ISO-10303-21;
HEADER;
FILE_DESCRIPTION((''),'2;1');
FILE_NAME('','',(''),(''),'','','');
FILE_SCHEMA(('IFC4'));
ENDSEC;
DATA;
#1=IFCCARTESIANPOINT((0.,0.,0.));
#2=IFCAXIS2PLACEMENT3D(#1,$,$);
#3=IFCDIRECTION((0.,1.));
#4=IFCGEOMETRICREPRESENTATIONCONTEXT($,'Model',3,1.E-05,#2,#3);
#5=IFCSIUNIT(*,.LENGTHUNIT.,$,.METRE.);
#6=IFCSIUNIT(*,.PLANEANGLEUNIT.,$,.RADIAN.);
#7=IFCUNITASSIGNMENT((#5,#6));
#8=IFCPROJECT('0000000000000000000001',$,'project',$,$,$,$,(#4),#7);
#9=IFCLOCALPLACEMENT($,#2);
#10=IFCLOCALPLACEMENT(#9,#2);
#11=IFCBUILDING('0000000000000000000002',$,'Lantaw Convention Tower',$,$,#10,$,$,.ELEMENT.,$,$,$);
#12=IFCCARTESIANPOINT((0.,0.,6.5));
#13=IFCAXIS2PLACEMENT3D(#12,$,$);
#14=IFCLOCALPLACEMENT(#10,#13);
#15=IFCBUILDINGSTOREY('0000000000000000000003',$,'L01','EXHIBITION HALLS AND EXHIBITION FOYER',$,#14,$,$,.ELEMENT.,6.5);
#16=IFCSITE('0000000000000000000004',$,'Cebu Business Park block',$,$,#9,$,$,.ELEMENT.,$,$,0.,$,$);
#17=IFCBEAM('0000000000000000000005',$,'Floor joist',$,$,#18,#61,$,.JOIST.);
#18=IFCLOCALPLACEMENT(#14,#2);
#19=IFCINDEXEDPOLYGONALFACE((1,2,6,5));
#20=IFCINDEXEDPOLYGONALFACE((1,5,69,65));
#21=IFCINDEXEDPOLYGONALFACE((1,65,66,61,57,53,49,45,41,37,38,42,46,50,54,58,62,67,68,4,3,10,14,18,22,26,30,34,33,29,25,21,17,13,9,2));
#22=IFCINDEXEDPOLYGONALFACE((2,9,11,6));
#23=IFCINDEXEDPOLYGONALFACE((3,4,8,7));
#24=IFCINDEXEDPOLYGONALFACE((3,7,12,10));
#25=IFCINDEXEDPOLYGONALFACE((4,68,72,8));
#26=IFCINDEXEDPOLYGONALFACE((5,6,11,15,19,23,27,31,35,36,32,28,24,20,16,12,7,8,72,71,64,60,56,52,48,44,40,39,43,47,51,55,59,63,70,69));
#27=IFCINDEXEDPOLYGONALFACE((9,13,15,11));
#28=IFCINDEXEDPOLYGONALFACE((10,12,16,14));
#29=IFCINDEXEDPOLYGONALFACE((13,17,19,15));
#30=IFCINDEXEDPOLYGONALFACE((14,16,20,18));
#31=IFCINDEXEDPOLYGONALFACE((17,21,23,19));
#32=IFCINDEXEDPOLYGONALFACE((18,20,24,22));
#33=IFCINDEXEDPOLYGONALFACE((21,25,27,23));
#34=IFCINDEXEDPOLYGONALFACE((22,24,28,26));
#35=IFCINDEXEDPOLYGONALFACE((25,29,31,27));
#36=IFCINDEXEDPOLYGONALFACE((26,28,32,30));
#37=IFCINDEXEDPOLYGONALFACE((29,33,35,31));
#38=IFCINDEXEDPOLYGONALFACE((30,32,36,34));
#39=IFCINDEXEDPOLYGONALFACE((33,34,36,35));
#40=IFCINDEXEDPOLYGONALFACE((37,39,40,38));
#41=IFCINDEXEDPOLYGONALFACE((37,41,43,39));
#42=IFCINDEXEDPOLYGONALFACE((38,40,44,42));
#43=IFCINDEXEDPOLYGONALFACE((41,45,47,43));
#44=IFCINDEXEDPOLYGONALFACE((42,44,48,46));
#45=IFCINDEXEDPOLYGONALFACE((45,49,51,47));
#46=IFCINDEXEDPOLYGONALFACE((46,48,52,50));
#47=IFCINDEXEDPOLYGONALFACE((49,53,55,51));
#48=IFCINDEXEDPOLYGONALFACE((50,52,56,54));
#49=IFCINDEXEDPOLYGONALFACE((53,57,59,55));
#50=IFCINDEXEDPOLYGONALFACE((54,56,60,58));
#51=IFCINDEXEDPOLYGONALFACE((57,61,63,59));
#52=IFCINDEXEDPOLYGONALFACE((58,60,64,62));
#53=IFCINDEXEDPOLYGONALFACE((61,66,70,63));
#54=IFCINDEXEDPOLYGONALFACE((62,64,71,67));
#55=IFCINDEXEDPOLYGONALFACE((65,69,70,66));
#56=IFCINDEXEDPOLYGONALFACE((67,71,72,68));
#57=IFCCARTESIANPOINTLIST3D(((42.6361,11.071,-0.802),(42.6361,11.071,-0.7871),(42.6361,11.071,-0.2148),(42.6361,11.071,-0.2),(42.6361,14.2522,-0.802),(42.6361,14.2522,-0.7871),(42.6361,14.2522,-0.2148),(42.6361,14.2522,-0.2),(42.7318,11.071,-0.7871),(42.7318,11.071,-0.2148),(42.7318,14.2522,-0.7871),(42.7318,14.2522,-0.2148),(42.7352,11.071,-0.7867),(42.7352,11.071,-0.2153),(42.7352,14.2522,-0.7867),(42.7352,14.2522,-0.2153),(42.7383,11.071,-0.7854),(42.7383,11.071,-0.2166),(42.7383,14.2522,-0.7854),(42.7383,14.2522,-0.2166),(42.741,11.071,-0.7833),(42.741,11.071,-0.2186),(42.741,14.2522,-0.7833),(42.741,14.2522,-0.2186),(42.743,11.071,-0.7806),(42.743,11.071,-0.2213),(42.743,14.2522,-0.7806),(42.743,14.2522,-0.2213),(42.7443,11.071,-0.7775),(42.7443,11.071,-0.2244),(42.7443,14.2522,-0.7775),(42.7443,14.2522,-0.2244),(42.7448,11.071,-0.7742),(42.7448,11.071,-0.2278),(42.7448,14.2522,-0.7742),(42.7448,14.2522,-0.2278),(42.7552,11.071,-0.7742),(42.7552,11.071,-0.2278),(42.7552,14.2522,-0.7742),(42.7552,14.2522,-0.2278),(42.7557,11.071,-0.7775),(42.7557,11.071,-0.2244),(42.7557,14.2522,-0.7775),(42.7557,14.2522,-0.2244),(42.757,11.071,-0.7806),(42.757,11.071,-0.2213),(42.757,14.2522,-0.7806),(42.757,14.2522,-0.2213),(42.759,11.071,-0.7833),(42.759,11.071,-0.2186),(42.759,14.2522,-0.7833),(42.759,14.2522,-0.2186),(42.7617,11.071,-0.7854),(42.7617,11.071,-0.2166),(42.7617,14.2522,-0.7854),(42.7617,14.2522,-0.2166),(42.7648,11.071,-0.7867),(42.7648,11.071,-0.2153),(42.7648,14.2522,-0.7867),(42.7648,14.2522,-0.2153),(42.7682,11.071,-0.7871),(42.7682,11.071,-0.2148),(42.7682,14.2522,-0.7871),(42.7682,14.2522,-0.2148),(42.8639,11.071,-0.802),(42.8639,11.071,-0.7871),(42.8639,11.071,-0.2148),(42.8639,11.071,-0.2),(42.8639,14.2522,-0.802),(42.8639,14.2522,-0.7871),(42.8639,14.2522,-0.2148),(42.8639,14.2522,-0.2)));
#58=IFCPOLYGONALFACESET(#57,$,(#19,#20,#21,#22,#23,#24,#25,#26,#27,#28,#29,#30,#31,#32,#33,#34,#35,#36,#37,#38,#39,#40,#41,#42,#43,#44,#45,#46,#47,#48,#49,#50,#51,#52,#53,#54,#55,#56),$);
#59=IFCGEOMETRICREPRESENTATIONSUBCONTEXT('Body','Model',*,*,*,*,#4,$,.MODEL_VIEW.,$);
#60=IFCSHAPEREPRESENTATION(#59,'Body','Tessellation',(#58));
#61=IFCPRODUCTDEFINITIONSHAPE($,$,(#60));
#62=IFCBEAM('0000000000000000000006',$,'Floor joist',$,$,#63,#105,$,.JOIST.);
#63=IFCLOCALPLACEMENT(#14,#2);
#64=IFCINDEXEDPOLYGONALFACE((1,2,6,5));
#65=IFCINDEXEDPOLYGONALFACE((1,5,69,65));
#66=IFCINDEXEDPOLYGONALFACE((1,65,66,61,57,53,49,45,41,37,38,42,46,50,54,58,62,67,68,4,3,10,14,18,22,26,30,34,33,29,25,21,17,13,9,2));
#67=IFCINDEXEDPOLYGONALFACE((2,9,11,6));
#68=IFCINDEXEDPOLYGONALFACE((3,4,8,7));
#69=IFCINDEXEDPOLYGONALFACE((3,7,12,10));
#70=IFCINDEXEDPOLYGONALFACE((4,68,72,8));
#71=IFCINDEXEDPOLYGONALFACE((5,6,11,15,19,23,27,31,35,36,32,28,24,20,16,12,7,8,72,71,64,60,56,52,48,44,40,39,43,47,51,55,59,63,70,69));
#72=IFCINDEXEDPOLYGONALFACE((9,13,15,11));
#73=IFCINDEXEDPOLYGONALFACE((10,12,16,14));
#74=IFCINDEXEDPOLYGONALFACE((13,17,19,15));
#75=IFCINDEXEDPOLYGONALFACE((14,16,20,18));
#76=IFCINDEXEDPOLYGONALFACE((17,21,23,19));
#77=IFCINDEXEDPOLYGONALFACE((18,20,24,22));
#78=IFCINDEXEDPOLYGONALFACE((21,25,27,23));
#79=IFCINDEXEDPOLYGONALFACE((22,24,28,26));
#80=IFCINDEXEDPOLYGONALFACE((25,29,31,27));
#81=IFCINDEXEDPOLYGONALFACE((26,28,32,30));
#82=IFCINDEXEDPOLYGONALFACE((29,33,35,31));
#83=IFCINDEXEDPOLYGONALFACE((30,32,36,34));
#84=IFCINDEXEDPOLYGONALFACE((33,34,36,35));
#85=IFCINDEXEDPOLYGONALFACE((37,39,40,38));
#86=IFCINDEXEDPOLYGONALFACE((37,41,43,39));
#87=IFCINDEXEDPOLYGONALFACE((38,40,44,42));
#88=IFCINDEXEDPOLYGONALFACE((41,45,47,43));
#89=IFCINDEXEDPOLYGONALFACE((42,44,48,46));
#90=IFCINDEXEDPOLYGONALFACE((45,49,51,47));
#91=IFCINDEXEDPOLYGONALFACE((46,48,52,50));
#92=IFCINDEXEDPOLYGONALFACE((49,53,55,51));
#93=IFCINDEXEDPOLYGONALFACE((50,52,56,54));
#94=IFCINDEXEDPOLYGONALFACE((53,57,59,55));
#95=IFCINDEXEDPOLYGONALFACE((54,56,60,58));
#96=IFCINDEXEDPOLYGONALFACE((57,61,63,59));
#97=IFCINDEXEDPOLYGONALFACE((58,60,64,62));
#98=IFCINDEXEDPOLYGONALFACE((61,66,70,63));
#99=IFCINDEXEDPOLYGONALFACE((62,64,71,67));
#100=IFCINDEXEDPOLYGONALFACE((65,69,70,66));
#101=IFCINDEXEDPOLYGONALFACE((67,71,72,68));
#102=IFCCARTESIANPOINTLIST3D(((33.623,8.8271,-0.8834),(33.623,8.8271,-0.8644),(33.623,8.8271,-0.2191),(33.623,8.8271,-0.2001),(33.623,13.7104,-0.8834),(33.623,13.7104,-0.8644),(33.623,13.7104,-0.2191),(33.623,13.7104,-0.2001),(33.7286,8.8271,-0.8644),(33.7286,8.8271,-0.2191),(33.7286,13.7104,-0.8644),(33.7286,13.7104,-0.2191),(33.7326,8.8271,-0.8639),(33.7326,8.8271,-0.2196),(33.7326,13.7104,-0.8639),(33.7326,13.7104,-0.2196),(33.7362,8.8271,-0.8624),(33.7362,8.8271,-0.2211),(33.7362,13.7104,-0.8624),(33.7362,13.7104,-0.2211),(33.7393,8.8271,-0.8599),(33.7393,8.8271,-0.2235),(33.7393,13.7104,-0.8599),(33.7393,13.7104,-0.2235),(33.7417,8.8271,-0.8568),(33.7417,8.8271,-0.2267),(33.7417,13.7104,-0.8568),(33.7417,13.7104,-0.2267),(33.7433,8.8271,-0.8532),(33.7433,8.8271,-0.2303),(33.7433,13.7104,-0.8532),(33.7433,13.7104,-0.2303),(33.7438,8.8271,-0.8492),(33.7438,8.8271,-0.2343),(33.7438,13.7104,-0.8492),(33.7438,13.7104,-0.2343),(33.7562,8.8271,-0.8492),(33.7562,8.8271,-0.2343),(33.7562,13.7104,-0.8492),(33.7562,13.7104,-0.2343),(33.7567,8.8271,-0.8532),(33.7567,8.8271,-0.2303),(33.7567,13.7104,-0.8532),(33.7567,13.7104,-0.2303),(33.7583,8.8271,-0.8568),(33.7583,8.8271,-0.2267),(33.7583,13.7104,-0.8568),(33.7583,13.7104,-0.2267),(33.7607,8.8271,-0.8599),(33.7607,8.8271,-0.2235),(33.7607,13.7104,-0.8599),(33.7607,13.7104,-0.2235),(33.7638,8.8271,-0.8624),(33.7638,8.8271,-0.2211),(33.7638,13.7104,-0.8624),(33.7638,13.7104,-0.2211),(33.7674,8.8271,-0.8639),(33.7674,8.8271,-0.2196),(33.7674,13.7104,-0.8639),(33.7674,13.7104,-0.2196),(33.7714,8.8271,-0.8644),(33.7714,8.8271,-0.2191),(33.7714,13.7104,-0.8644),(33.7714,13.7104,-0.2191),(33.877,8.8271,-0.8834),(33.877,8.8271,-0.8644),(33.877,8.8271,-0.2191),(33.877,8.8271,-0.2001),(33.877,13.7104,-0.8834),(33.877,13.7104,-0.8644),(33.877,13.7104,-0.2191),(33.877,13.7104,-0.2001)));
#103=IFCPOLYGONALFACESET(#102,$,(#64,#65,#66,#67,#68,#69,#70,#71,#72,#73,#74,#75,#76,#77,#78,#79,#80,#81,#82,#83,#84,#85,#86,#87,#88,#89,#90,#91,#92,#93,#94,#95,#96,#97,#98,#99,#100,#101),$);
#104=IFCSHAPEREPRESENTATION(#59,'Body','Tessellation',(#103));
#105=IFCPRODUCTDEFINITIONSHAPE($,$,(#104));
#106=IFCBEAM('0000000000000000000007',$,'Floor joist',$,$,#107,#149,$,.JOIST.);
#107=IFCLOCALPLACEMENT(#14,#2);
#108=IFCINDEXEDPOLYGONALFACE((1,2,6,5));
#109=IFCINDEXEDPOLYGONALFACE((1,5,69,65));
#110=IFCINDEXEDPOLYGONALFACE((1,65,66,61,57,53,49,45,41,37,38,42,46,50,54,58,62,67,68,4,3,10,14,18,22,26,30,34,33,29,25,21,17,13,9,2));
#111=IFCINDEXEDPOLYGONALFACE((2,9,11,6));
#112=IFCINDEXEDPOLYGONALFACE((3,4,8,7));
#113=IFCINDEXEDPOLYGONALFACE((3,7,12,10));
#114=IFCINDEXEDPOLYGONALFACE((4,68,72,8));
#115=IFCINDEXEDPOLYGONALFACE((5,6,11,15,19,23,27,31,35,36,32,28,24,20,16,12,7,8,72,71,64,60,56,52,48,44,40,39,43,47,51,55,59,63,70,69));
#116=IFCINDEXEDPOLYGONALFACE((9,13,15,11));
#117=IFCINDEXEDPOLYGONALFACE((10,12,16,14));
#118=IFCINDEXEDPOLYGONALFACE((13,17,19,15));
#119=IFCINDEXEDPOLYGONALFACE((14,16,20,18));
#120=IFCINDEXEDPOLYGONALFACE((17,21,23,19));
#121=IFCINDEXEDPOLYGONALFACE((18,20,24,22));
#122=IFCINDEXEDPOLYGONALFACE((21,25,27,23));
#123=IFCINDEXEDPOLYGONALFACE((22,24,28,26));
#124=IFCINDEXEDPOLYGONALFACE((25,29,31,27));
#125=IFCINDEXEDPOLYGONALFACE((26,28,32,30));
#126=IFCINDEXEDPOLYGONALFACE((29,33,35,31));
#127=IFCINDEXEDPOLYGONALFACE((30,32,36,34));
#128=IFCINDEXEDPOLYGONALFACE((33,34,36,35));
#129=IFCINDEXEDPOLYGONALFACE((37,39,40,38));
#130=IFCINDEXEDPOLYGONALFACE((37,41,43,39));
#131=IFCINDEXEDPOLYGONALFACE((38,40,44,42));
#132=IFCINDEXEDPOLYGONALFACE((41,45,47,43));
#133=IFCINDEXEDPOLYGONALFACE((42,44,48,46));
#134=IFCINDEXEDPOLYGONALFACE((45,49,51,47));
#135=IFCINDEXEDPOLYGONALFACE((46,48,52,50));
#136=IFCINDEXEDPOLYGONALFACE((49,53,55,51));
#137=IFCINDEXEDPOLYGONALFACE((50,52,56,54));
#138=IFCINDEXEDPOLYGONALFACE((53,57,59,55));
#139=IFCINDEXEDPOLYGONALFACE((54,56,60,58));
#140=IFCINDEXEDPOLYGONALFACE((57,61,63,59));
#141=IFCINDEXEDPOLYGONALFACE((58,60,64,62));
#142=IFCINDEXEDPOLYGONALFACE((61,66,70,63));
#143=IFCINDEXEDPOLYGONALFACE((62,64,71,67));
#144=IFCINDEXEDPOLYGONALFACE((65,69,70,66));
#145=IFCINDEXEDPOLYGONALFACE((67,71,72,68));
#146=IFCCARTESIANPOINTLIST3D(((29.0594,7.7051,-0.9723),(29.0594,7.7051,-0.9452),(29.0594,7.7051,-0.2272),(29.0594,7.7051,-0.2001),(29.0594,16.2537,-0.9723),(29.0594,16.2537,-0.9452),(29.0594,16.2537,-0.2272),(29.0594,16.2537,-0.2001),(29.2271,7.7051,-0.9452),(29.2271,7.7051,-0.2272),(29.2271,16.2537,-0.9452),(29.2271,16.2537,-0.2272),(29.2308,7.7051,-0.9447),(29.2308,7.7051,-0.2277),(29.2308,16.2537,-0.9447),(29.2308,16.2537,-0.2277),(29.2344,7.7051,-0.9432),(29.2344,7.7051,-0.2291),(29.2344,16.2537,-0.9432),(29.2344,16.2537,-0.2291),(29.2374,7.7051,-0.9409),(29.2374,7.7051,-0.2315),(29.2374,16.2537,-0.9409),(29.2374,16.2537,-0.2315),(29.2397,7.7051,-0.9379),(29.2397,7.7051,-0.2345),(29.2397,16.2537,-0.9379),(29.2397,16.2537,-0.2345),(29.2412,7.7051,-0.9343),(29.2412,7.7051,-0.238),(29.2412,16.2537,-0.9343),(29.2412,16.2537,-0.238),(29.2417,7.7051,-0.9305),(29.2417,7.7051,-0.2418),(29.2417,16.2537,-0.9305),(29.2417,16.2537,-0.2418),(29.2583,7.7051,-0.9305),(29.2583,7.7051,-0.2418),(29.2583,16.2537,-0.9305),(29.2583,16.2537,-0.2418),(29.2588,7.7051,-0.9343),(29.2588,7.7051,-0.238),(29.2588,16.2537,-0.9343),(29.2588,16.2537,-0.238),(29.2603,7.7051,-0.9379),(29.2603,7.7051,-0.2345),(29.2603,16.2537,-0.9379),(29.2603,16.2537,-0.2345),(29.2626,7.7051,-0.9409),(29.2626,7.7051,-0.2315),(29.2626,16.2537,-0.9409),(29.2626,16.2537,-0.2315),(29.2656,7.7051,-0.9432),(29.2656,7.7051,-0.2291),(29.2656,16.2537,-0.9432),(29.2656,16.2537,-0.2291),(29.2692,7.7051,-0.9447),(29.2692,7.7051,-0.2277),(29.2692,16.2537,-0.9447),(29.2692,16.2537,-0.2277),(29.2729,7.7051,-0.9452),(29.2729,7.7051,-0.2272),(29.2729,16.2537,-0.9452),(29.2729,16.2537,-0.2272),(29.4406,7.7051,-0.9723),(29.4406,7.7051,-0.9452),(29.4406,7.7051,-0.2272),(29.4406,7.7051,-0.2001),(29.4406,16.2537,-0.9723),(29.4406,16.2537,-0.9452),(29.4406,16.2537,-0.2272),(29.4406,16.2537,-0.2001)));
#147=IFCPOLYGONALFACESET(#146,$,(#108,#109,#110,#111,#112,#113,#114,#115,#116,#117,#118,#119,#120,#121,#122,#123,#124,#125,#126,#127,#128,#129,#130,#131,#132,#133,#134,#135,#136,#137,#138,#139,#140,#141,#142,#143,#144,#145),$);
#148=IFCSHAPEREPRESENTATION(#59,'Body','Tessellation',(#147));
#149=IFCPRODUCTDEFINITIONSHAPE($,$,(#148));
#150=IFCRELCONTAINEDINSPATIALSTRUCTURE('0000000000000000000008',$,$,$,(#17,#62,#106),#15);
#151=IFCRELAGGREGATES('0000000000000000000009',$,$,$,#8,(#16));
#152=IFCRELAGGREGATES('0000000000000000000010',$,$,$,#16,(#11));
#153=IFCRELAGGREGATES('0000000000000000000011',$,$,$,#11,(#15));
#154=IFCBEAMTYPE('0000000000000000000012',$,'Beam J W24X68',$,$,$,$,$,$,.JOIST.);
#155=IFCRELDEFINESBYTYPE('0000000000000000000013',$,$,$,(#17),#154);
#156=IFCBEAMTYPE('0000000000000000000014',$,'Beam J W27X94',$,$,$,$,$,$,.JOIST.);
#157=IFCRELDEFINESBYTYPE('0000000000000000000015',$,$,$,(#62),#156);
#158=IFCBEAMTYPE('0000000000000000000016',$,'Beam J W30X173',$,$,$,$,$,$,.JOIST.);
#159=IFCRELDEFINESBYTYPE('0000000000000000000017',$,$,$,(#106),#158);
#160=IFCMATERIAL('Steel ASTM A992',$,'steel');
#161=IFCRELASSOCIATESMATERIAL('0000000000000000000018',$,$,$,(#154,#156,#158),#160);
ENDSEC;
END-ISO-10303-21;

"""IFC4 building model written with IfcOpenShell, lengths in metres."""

from ifc_helpers import new_model, si_unit, direction, frame, origin, origin_2d, place, context, subcontext, project, spatial, i_section, extrude, material, material_profile, profile_set, type_object, element, save


model = new_model("IFC4")

# Units and contexts
model_context = context("Model", 3, precision=1e-05, world=origin(), true_north=direction((0.0, 1.0)))
body_context = subcontext(model_context, "Body", "Model", "MODEL_VIEW")
ifc_project = project(units=[si_unit("LENGTHUNIT", "METRE"), si_unit("PLANEANGLEUNIT", "RADIAN")], contexts=[model_context])

# Site, building, storey
site_placement = place(None, origin())
site = spatial("IfcSite", under=ifc_project, at=site_placement, Name="Cebu Business Park block", CompositionType="ELEMENT", RefElevation=0.0)
building_placement = place(site_placement, origin())
building = spatial("IfcBuilding", under=site, at=building_placement, Name="Lantaw Convention Tower", CompositionType="ELEMENT")
storey_placement = place(building_placement, frame((0.0, 0.0, 6.5)))
storey = spatial("IfcBuildingStorey", under=building, at=storey_placement, Name="L01", Description="EXHIBITION HALLS AND EXHIBITION FOYER", CompositionType="ELEMENT", Elevation=6.5)

# Beams
ifc_material_1 = material(Name="Steel ASTM A992", Category="steel")
ifc_material_profile_1 = material_profile(ifc_material_1, i_section(OverallWidth=0.2278, OverallDepth=0.6021, WebThickness=0.0105, FlangeThickness=0.0149, FilletRadius=0.0129, at=origin_2d()), Name="W24X68")
ifc_profile_set_1 = profile_set([ifc_material_profile_1], Name="Steel ASTM A992")
beam_type_1 = type_object("IfcBeamType", Name="Beam J W24X68", PredefinedType="JOIST", material=ifc_profile_set_1)
beam_1_placement = place(storey_placement, frame((42.75, 11.071, -0.501), z_axis=(0.0, 1.0, 0.0), x_axis=(-1.0, 0.0, 0.0)))
element("IfcBeam", 1, at=beam_1_placement, inside=storey, type_object=beam_type_1, Name="Floor joist", PredefinedType="JOIST", context=body_context, shape_type="SweptSolid", body=[
    extrude(i_section(OverallWidth=0.2278, OverallDepth=0.6021, WebThickness=0.0105, FlangeThickness=0.0149, FilletRadius=0.0129, at=origin_2d()), origin(), (0.0, 0.0, 1.0), 3.1812),
])
ifc_material_profile_2 = material_profile(ifc_material_1, i_section(OverallWidth=0.2539, OverallDepth=0.6833, WebThickness=0.0125, FlangeThickness=0.019, FilletRadius=0.0151, at=origin_2d()), Name="W27X94")
ifc_profile_set_2 = profile_set([ifc_material_profile_2], Name="Steel ASTM A992")
beam_type_2 = type_object("IfcBeamType", Name="Beam J W27X94", PredefinedType="JOIST", material=ifc_profile_set_2)
beam_2_placement = place(storey_placement, frame((33.75, 8.8271, -0.5417), z_axis=(0.0, 1.0, 0.0), x_axis=(-1.0, 0.0, 0.0)))
element("IfcBeam", 2, at=beam_2_placement, inside=storey, type_object=beam_type_2, Name="Floor joist", PredefinedType="JOIST", context=body_context, shape_type="SweptSolid", body=[
    extrude(i_section(OverallWidth=0.2539, OverallDepth=0.6833, WebThickness=0.0125, FlangeThickness=0.019, FilletRadius=0.0151, at=origin_2d()), origin(), (0.0, 0.0, 1.0), 4.8833),
])
ifc_material_profile_3 = material_profile(ifc_material_1, i_section(OverallWidth=0.3811, OverallDepth=0.7722, WebThickness=0.0166, FlangeThickness=0.0271, FilletRadius=0.0146, at=origin_2d()), Name="W30X173")
ifc_profile_set_3 = profile_set([ifc_material_profile_3], Name="Steel ASTM A992")
beam_type_3 = type_object("IfcBeamType", Name="Beam J W30X173", PredefinedType="JOIST", material=ifc_profile_set_3)
beam_3_placement = place(storey_placement, frame((29.25, 7.7051, -0.5862), z_axis=(0.0, 1.0, 0.0), x_axis=(-1.0, 0.0, 0.0)))
element("IfcBeam", 3, at=beam_3_placement, inside=storey, type_object=beam_type_3, Name="Floor joist", PredefinedType="JOIST", context=body_context, shape_type="SweptSolid", body=[
    extrude(i_section(OverallWidth=0.3811, OverallDepth=0.7722, WebThickness=0.0166, FlangeThickness=0.0271, FilletRadius=0.0146, at=origin_2d()), origin(), (0.0, 0.0, 1.0), 8.5486),
])

save(model, "model.ifc")
